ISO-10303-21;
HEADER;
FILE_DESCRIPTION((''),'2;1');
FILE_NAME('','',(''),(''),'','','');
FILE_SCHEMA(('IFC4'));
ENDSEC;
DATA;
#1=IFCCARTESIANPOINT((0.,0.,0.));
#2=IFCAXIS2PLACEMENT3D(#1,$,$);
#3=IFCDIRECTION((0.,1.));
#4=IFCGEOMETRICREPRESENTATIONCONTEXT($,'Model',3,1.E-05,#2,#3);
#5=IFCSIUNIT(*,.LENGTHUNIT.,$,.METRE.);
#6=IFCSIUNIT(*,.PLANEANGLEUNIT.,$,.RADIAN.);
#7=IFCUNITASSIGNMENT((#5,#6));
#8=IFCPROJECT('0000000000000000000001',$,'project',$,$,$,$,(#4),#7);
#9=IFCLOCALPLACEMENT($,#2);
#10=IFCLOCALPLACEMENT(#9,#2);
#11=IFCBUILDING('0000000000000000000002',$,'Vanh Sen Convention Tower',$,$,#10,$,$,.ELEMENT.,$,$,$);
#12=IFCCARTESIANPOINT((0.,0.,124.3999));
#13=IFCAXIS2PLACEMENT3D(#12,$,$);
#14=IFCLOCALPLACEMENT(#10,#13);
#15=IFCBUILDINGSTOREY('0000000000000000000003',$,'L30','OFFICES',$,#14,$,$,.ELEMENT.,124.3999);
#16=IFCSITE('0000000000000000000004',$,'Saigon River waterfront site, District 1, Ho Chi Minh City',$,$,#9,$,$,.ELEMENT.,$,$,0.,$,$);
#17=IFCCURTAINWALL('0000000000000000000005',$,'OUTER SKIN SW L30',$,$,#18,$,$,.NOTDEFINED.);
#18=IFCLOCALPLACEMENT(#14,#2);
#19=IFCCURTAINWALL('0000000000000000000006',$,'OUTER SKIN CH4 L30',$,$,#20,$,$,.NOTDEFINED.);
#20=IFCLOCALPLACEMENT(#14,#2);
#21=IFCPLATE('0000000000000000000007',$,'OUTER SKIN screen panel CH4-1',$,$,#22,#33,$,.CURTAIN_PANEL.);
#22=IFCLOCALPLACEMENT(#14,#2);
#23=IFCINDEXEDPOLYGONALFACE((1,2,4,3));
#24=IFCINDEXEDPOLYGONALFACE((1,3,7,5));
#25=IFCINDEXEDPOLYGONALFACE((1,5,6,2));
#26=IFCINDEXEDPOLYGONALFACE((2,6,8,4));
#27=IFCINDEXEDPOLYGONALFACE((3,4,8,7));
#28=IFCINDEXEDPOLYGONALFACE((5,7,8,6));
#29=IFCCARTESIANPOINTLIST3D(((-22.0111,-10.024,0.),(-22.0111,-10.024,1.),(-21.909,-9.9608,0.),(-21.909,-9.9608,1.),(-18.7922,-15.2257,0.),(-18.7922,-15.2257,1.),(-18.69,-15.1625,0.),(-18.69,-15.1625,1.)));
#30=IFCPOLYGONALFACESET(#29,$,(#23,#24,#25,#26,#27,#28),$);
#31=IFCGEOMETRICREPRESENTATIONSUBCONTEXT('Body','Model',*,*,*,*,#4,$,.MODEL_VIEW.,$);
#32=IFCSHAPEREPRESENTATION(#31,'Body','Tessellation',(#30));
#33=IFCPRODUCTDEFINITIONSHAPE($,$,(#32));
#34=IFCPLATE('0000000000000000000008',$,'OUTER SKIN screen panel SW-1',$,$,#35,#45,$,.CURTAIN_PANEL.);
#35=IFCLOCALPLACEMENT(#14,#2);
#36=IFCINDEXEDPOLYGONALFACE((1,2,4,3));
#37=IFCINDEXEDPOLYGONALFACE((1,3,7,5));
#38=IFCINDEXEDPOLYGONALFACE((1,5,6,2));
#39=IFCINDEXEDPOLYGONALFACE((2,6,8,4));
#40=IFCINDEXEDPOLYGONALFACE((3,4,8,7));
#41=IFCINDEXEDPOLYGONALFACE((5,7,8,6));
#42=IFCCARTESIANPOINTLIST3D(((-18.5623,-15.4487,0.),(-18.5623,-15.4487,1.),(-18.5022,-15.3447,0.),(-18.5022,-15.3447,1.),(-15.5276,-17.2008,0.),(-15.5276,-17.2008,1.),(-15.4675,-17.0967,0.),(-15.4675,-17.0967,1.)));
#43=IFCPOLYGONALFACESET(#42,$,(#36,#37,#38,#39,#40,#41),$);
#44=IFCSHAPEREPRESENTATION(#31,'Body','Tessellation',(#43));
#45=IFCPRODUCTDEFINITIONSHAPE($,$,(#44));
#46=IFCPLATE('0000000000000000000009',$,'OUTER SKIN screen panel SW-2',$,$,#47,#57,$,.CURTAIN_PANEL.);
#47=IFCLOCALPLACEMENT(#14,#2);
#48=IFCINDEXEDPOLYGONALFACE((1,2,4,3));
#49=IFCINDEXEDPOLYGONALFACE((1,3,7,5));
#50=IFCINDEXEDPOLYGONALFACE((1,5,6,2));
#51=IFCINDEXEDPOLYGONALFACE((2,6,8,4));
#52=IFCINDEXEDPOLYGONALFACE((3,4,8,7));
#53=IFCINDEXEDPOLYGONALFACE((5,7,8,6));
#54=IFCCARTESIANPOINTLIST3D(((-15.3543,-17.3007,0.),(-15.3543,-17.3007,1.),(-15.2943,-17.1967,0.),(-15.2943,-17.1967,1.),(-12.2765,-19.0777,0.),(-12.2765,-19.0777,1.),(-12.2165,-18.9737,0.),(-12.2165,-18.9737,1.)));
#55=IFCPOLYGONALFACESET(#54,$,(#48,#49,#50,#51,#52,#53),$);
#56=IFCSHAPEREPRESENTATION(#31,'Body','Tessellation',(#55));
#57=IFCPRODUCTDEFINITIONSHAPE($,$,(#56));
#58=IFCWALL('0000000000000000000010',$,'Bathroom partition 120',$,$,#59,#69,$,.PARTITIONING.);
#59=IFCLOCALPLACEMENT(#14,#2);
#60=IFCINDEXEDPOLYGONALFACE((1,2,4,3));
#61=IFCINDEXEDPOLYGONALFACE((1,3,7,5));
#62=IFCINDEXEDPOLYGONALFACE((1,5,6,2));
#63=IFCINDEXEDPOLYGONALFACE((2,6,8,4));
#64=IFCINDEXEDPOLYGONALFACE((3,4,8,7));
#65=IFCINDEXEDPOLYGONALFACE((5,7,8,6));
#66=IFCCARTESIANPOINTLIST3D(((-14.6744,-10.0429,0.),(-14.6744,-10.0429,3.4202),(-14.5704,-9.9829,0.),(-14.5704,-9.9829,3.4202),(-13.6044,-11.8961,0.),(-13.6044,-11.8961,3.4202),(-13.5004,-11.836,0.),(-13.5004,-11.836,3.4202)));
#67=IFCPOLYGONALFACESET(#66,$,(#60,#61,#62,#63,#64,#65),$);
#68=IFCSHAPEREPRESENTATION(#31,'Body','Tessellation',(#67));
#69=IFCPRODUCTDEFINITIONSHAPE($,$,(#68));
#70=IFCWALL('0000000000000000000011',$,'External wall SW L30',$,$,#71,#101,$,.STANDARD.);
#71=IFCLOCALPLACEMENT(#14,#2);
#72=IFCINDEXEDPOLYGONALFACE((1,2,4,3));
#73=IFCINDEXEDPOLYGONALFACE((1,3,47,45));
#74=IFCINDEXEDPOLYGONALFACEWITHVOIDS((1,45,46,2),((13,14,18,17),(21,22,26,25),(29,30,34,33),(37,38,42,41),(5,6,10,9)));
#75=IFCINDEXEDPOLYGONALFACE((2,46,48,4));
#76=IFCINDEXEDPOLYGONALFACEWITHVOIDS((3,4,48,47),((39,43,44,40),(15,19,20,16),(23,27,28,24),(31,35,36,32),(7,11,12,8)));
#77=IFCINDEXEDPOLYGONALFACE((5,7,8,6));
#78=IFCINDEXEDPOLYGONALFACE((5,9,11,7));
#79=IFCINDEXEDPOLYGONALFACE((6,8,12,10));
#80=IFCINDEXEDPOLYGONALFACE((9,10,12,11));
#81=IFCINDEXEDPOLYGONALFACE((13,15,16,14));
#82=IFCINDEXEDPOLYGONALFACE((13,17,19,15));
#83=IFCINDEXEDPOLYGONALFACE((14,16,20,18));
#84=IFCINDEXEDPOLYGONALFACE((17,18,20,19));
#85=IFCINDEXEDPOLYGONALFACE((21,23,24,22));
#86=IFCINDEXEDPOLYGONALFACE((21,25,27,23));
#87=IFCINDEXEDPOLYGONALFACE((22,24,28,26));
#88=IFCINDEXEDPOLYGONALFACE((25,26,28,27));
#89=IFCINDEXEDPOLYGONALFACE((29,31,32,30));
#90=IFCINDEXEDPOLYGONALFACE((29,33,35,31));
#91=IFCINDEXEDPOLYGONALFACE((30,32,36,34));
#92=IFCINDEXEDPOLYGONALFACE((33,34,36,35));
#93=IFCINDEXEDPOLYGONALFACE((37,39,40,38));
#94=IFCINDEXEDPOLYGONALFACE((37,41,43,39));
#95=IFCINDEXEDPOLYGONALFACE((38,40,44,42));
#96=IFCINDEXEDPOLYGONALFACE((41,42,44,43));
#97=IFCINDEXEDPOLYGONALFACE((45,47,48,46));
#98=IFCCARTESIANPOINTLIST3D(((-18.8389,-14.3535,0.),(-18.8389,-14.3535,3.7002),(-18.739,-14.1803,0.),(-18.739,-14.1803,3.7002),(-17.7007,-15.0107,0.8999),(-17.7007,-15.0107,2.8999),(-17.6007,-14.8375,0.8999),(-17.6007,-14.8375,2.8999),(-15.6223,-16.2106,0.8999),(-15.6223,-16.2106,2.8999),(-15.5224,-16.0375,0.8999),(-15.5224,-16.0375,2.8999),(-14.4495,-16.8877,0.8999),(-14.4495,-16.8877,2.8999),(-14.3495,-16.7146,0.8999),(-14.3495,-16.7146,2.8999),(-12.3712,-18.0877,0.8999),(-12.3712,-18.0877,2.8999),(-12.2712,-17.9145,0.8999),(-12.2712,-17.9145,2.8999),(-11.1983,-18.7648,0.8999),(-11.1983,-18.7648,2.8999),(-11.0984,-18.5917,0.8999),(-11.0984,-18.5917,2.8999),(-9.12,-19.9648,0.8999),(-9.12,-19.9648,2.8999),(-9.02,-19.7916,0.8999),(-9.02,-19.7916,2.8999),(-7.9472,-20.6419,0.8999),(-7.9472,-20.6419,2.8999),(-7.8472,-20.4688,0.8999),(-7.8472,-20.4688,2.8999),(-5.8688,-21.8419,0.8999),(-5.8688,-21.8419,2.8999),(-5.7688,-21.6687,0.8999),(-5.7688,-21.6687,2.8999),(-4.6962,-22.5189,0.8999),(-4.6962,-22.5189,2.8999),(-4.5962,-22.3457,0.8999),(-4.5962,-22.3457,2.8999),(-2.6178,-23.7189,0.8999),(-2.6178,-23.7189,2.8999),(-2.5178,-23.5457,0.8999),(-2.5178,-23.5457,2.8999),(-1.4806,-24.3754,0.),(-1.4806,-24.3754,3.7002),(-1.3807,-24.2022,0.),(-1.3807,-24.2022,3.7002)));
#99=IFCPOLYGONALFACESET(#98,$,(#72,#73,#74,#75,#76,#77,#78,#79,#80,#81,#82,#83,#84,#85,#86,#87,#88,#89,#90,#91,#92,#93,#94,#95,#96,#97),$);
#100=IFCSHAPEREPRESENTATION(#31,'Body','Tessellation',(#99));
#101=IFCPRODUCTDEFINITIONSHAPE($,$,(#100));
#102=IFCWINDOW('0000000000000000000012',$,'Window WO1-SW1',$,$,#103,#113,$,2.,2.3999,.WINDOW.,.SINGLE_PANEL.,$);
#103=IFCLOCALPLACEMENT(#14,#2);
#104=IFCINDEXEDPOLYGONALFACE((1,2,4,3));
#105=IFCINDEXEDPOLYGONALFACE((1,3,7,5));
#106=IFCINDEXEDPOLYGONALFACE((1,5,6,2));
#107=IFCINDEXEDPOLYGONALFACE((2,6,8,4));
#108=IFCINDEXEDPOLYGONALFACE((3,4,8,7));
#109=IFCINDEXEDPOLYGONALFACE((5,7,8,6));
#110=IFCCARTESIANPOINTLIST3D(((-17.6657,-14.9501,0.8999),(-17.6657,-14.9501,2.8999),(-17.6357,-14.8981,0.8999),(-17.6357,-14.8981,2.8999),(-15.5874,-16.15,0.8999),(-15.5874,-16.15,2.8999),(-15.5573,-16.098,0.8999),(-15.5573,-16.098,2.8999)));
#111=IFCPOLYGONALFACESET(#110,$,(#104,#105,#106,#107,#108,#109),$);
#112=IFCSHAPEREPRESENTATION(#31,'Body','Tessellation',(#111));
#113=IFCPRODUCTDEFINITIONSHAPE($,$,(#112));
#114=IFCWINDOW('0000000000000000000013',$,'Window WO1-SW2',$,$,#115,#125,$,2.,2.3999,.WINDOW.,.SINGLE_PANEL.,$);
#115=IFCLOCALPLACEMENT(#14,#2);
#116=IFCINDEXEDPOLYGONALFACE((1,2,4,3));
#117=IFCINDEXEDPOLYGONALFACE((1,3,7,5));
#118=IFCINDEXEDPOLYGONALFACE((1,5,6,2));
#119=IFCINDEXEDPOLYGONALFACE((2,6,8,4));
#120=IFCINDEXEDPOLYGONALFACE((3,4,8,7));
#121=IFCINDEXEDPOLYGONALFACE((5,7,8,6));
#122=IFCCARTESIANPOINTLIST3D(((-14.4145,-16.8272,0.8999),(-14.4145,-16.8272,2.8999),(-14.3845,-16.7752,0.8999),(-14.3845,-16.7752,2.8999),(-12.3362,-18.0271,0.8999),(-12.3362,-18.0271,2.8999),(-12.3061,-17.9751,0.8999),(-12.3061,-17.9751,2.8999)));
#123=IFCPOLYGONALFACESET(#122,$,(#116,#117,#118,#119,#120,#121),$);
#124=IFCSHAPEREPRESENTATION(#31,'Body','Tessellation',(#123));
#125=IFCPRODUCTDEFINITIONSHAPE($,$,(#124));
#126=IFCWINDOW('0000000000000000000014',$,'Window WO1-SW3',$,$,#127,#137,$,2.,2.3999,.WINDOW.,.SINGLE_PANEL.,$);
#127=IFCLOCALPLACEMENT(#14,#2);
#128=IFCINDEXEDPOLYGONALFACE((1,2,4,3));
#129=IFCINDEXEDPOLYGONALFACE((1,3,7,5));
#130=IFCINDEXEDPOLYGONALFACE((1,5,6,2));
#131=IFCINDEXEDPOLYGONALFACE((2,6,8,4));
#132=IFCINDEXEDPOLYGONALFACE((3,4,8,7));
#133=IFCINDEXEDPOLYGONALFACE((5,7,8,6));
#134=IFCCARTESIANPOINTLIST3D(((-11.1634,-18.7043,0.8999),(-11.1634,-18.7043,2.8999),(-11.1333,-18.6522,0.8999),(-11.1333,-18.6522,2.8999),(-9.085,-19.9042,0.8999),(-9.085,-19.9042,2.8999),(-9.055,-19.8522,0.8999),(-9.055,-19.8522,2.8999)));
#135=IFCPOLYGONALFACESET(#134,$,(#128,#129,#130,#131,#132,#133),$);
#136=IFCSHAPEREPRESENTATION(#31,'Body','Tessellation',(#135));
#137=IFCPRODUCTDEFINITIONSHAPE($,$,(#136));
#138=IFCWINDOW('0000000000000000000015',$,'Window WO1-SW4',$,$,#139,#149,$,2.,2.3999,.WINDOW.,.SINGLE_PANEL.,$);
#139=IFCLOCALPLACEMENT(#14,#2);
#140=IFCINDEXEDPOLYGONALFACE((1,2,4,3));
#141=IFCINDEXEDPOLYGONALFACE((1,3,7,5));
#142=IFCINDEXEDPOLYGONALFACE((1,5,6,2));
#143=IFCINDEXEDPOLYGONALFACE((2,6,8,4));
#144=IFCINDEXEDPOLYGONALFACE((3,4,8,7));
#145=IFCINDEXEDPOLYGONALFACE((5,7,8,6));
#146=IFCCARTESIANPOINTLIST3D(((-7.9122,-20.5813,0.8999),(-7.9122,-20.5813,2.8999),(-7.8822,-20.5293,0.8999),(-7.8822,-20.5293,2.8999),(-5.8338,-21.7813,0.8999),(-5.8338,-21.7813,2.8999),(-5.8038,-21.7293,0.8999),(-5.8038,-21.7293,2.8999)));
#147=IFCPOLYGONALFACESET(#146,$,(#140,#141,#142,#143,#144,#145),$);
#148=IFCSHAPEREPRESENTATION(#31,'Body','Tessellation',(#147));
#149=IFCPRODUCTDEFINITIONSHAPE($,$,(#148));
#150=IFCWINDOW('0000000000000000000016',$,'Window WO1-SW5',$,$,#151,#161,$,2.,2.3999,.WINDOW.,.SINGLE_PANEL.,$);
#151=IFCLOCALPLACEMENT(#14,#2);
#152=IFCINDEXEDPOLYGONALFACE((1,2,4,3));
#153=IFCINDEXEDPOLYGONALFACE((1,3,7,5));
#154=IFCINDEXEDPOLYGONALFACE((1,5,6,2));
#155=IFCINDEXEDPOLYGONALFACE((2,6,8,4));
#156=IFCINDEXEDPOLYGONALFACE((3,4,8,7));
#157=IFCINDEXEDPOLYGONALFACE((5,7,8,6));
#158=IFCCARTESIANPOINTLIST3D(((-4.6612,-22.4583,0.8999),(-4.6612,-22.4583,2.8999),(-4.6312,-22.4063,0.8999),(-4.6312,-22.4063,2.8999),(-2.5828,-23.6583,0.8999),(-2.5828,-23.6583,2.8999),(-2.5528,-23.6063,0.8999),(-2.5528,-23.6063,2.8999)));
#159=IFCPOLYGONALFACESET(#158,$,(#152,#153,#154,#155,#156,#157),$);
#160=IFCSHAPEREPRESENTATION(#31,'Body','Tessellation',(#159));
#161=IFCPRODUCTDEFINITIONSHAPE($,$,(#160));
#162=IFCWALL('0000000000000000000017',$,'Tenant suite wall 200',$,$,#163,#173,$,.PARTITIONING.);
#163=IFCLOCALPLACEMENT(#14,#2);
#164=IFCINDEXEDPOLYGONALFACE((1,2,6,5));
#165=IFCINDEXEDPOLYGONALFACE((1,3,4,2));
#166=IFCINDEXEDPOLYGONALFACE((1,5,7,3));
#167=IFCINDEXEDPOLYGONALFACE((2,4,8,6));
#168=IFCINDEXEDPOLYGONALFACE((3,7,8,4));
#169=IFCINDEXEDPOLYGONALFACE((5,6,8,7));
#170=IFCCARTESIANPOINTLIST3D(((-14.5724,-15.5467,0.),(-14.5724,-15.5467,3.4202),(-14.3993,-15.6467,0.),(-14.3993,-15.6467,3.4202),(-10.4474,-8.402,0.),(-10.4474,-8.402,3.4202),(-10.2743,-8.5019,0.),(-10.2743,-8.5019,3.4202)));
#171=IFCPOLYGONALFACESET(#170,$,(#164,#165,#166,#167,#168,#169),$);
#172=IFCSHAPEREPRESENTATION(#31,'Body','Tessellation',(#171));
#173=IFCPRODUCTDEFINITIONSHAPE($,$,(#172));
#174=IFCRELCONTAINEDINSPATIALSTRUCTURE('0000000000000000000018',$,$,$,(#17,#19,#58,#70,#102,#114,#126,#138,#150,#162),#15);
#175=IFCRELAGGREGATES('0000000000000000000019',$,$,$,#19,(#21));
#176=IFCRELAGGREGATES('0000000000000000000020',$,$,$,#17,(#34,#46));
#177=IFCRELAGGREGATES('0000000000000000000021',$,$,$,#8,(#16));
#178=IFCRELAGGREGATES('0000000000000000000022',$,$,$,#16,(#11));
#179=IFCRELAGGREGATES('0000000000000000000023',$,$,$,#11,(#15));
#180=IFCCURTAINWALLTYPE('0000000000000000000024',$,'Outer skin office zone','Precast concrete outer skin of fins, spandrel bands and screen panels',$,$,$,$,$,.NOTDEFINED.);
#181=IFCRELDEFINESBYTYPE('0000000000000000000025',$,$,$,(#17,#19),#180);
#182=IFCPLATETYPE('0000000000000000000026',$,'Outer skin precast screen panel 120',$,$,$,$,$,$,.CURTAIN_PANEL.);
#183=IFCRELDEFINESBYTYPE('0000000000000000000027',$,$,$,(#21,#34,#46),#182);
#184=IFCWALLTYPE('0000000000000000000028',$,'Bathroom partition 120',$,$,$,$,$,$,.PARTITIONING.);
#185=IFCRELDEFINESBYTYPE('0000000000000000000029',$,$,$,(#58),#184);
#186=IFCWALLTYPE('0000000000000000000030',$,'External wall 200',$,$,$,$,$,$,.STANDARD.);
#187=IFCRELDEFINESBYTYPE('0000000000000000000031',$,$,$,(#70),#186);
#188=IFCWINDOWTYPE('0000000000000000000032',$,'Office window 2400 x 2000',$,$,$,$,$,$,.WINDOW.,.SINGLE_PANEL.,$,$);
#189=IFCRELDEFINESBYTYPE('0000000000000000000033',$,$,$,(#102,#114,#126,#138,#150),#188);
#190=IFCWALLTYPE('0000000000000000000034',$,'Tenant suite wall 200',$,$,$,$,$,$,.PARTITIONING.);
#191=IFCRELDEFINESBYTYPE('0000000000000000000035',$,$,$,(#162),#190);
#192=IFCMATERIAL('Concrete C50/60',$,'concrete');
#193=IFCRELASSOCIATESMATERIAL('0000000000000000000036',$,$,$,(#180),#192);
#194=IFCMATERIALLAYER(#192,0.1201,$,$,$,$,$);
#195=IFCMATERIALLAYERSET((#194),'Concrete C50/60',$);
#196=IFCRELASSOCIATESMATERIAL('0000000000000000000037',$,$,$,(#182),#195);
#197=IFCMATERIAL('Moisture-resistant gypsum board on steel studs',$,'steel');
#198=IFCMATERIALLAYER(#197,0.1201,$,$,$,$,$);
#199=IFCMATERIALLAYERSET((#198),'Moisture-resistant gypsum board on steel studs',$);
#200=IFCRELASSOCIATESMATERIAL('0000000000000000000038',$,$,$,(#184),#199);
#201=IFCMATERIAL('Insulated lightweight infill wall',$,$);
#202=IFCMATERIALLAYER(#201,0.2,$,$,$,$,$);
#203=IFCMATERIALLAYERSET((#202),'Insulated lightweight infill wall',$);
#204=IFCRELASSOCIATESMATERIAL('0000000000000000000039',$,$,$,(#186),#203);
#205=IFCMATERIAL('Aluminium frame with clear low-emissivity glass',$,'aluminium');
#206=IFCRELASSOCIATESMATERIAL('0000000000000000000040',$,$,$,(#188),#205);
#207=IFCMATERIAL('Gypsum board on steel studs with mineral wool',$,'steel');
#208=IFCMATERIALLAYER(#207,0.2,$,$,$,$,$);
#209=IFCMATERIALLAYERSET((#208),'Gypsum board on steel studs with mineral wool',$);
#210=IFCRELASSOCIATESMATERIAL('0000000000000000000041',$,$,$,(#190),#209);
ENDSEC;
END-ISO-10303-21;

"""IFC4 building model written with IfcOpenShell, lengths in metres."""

from ifc_helpers import new_model, si_unit, direction, frame, frame_2d, origin, origin_2d, place, context, subcontext, project, spatial, rectangle, extrude, material, layer, layer_set, type_object, element, fill, aggregate, save


model = new_model("IFC4")

# Units and contexts
model_context = context("Model", 3, precision=1e-05, world=origin(), true_north=direction((0.0, 1.0)))
body_context = subcontext(model_context, "Body", "Model", "MODEL_VIEW")
ifc_project = project(units=[si_unit("LENGTHUNIT", "METRE"), si_unit("PLANEANGLEUNIT", "RADIAN")], contexts=[model_context])

# Site, building, storey
site_placement = place(None, origin())
site = spatial("IfcSite", under=ifc_project, at=site_placement, Name="Saigon River waterfront site, District 1, Ho Chi Minh City", CompositionType="ELEMENT", RefElevation=0.0)
building_placement = place(site_placement, origin())
building = spatial("IfcBuilding", under=site, at=building_placement, Name="Vanh Sen Convention Tower", CompositionType="ELEMENT")
storey_placement = place(building_placement, frame((0.0, 0.0, 124.3999)))
storey = spatial("IfcBuildingStorey", under=building, at=storey_placement, Name="L30", Description="OFFICES", CompositionType="ELEMENT", Elevation=124.3999)

# Curtain wall
ifc_material_1 = material(Name="Concrete C50/60", Category="concrete")
curtain_wall_type = type_object("IfcCurtainWallType", Name="Outer skin office zone", Description="Precast concrete outer skin of fins, spandrel bands and screen panels", PredefinedType="NOTDEFINED", material=ifc_material_1)
curtain_wall_1_placement = place(storey_placement, origin())
curtain_wall_1 = element("IfcCurtainWall", 1, at=curtain_wall_1_placement, inside=storey, type_object=curtain_wall_type, Name="OUTER SKIN SW L30", PredefinedType="NOTDEFINED")

# Curtain wall, plate
curtain_wall_2_placement = place(storey_placement, origin())
curtain_wall_2 = element("IfcCurtainWall", 2, at=curtain_wall_2_placement, inside=storey, type_object=curtain_wall_type, Name="OUTER SKIN CH4 L30", PredefinedType="NOTDEFINED")
ifc_layer_1 = layer(ifc_material_1, 0.1201)
ifc_layer_set_1 = layer_set([ifc_layer_1], Name="Concrete C50/60")
plate_type = type_object("IfcPlateType", Name="Outer skin precast screen panel 120", PredefinedType="CURTAIN_PANEL", material=ifc_layer_set_1)
plate_1_placement = place(storey_placement, frame((-20.3506, -12.5933, 0.0), z_axis=(0.0, 0.0, 1.0), x_axis=(0.526218, -0.850349, 0.0)))
plate_1 = element("IfcPlate", 3, at=plate_1_placement, type_object=plate_type, Name="OUTER SKIN screen panel CH4-1", PredefinedType="CURTAIN_PANEL", context=body_context, shape_type="SweptSolid", body=[
    extrude(rectangle(XDim=6.1172, YDim=0.1201, at=origin_2d()), origin(), (0.0, 0.0, 1.0), 1.0),
])
aggregate(curtain_wall_2, [plate_1])

# Plates
plate_2_placement = place(storey_placement, frame((-17.0149, -16.2727, 0.0), z_axis=(0.0, 0.0, 1.0), x_axis=(0.866024, -0.500003, 0.0)))
plate_2 = element("IfcPlate", 4, at=plate_2_placement, type_object=plate_type, Name="OUTER SKIN screen panel SW-1", PredefinedType="CURTAIN_PANEL", context=body_context, shape_type="SweptSolid", body=[
    extrude(rectangle(XDim=3.5042, YDim=0.1201, at=origin_2d()), origin(), (0.0, 0.0, 1.0), 1.0),
])
plate_3_placement = place(storey_placement, frame((-13.7854, -18.1372, 0.0), z_axis=(0.0, 0.0, 1.0), x_axis=(0.866028, -0.499995, 0.0)))
plate_3 = element("IfcPlate", 5, at=plate_3_placement, type_object=plate_type, Name="OUTER SKIN screen panel SW-2", PredefinedType="CURTAIN_PANEL", context=body_context, shape_type="SweptSolid", body=[
    extrude(rectangle(XDim=3.554, YDim=0.1201, at=origin_2d()), origin(), (0.0, 0.0, 1.0), 1.0),
])
aggregate(curtain_wall_1, [plate_2, plate_3])

# Wall
ifc_material_2 = material(Name="Moisture-resistant gypsum board on steel studs", Category="steel")
ifc_layer_2 = layer(ifc_material_2, 0.1201)
ifc_layer_set_2 = layer_set([ifc_layer_2], Name="Moisture-resistant gypsum board on steel studs")
wall_type_1 = type_object("IfcWallType", Name="Bathroom partition 120", PredefinedType="PARTITIONING", material=ifc_layer_set_2)
wall_1_placement = place(storey_placement, frame((-13.5525, -11.866, 0.0), z_axis=(0.0, 0.0, 1.0), x_axis=(-0.500029, 0.866009, 0.0)))
element("IfcWall", 6, at=wall_1_placement, inside=storey, type_object=wall_type_1, Name="Bathroom partition 120", PredefinedType="PARTITIONING", context=body_context, shape_type="SweptSolid", body=[
    extrude(rectangle(XDim=2.1399, YDim=0.1201, at=frame_2d((1.0698, 0.0))), origin(), (0.0, 0.0, 1.0), 3.4202),
])

# Wall, openings, windows
ifc_material_3 = material(Name="Insulated lightweight infill wall")
ifc_layer_3 = layer(ifc_material_3, 0.2)
ifc_layer_set_3 = layer_set([ifc_layer_3], Name="Insulated lightweight infill wall")
wall_type_2 = type_object("IfcWallType", Name="External wall 200", PredefinedType="STANDARD", material=ifc_layer_set_3)
wall_2_placement = place(storey_placement, frame((-18.7891, -14.2668, 0.0), z_axis=(0.0, 0.0, 1.0), x_axis=(0.866023, -0.500004, 0.0)))
wall_2 = element("IfcWall", 7, at=wall_2_placement, inside=storey, type_object=wall_type_2, Name="External wall SW L30", PredefinedType="STANDARD", context=body_context, shape_type="SweptSolid", body=[
    extrude(rectangle(XDim=20.0437, YDim=0.2, at=frame_2d((10.022, 0.0))), origin(), (0.0, 0.0, 1.0), 3.7002),
])
opening_1_placement = place(wall_2_placement, frame((1.3145, 0.0, 0.8999)))
opening_1 = element("IfcOpeningElement", 8, at=opening_1_placement, cuts=wall_2, PredefinedType="OPENING", context=body_context, shape_type="SweptSolid", body=[
    extrude(rectangle(XDim=2.3999, YDim=2.0, at=frame_2d((1.2, 1.0))), frame((0.0, 0.1099, 0.0), z_axis=(0.0, -1.0, 0.0), x_axis=(1.0, 0.0, 0.0)), (0.0, 0.0, 1.0), 0.22),
])
opening_2_placement = place(wall_2_placement, frame((5.0686, 0.0, 0.8999)))
opening_2 = element("IfcOpeningElement", 9, at=opening_2_placement, cuts=wall_2, PredefinedType="OPENING", context=body_context, shape_type="SweptSolid", body=[
    extrude(rectangle(XDim=2.3999, YDim=2.0, at=frame_2d((1.2, 1.0))), frame((0.0, 0.1099, 0.0), z_axis=(0.0, -1.0, 0.0), x_axis=(1.0, 0.0, 0.0)), (0.0, 0.0, 1.0), 0.22),
])
opening_3_placement = place(wall_2_placement, frame((8.8228, 0.0, 0.8999)))
opening_3 = element("IfcOpeningElement", 10, at=opening_3_placement, cuts=wall_2, PredefinedType="OPENING", context=body_context, shape_type="SweptSolid", body=[
    extrude(rectangle(XDim=2.3999, YDim=2.0, at=frame_2d((1.2, 1.0))), frame((0.0, 0.1099, 0.0), z_axis=(0.0, -1.0, 0.0), x_axis=(1.0, 0.0, 0.0)), (0.0, 0.0, 1.0), 0.22),
])
opening_4_placement = place(wall_2_placement, frame((12.5769, 0.0, 0.8999)))
opening_4 = element("IfcOpeningElement", 11, at=opening_4_placement, cuts=wall_2, PredefinedType="OPENING", context=body_context, shape_type="SweptSolid", body=[
    extrude(rectangle(XDim=2.3999, YDim=2.0, at=frame_2d((1.2, 1.0))), frame((0.0, 0.1099, 0.0), z_axis=(0.0, -1.0, 0.0), x_axis=(1.0, 0.0, 0.0)), (0.0, 0.0, 1.0), 0.22),
])
opening_5_placement = place(wall_2_placement, frame((16.3308, 0.0, 0.8999)))
opening_5 = element("IfcOpeningElement", 12, at=opening_5_placement, cuts=wall_2, PredefinedType="OPENING", context=body_context, shape_type="SweptSolid", body=[
    extrude(rectangle(XDim=2.3999, YDim=2.0, at=frame_2d((1.2, 1.0))), frame((0.0, 0.1099, 0.0), z_axis=(0.0, -1.0, 0.0), x_axis=(1.0, 0.0, 0.0)), (0.0, 0.0, 1.0), 0.22),
])
ifc_material_4 = material(Name="Aluminium frame with clear low-emissivity glass", Category="aluminium")
window_type = type_object("IfcWindowType", Name="Office window 2400 x 2000", PartitioningType="SINGLE_PANEL", PredefinedType="WINDOW", material=ifc_material_4)
window_1_placement = place(opening_1_placement, origin())
window_1 = element("IfcWindow", 13, at=window_1_placement, inside=storey, type_object=window_type, Name="Window WO1-SW1", OverallHeight=2.0, OverallWidth=2.3999, PartitioningType="SINGLE_PANEL", PredefinedType="WINDOW", context=body_context, shape_type="SweptSolid", body=[
    extrude(rectangle(XDim=2.3999, YDim=2.0, at=frame_2d((1.2, 1.0))), frame((0.0, 0.03, 0.0), z_axis=(0.0, -1.0, 0.0), x_axis=(1.0, 0.0, 0.0)), (0.0, 0.0, 1.0), 0.0601),
])
fill(opening_1, window_1)
window_2_placement = place(opening_2_placement, origin())
window_2 = element("IfcWindow", 14, at=window_2_placement, inside=storey, type_object=window_type, Name="Window WO1-SW2", OverallHeight=2.0, OverallWidth=2.3999, PartitioningType="SINGLE_PANEL", PredefinedType="WINDOW", context=body_context, shape_type="SweptSolid", body=[
    extrude(rectangle(XDim=2.3999, YDim=2.0, at=frame_2d((1.2, 1.0))), frame((0.0, 0.03, 0.0), z_axis=(0.0, -1.0, 0.0), x_axis=(1.0, 0.0, 0.0)), (0.0, 0.0, 1.0), 0.0601),
])
fill(opening_2, window_2)
window_3_placement = place(opening_3_placement, origin())
window_3 = element("IfcWindow", 15, at=window_3_placement, inside=storey, type_object=window_type, Name="Window WO1-SW3", OverallHeight=2.0, OverallWidth=2.3999, PartitioningType="SINGLE_PANEL", PredefinedType="WINDOW", context=body_context, shape_type="SweptSolid", body=[
    extrude(rectangle(XDim=2.3999, YDim=2.0, at=frame_2d((1.2, 1.0))), frame((0.0, 0.03, 0.0), z_axis=(0.0, -1.0, 0.0), x_axis=(1.0, 0.0, 0.0)), (0.0, 0.0, 1.0), 0.0601),
])
fill(opening_3, window_3)
window_4_placement = place(opening_4_placement, origin())
window_4 = element("IfcWindow", 16, at=window_4_placement, inside=storey, type_object=window_type, Name="Window WO1-SW4", OverallHeight=2.0, OverallWidth=2.3999, PartitioningType="SINGLE_PANEL", PredefinedType="WINDOW", context=body_context, shape_type="SweptSolid", body=[
    extrude(rectangle(XDim=2.3999, YDim=2.0, at=frame_2d((1.2, 1.0))), frame((0.0, 0.03, 0.0), z_axis=(0.0, -1.0, 0.0), x_axis=(1.0, 0.0, 0.0)), (0.0, 0.0, 1.0), 0.0601),
])
fill(opening_4, window_4)
window_5_placement = place(opening_5_placement, origin())
window_5 = element("IfcWindow", 17, at=window_5_placement, inside=storey, type_object=window_type, Name="Window WO1-SW5", OverallHeight=2.0, OverallWidth=2.3999, PartitioningType="SINGLE_PANEL", PredefinedType="WINDOW", context=body_context, shape_type="SweptSolid", body=[
    extrude(rectangle(XDim=2.3999, YDim=2.0, at=frame_2d((1.2, 1.0))), frame((0.0, 0.03, 0.0), z_axis=(0.0, -1.0, 0.0), x_axis=(1.0, 0.0, 0.0)), (0.0, 0.0, 1.0), 0.0601),
])
fill(opening_5, window_5)

# Wall
ifc_material_5 = material(Name="Gypsum board on steel studs with mineral wool", Category="steel")
ifc_layer_4 = layer(ifc_material_5, 0.2)
ifc_layer_set_4 = layer_set([ifc_layer_4], Name="Gypsum board on steel studs with mineral wool")
wall_type_3 = type_object("IfcWallType", Name="Tenant suite wall 200", PredefinedType="PARTITIONING", material=ifc_layer_set_4)
wall_3_placement = place(storey_placement, frame((-14.4858, -15.5967, 0.0), z_axis=(0.0, 0.0, 1.0), x_axis=(0.499997, 0.866027, 0.0)))
element("IfcWall", 18, at=wall_3_placement, inside=storey, type_object=wall_type_3, Name="Tenant suite wall 200", PredefinedType="PARTITIONING", context=body_context, shape_type="SweptSolid", body=[
    extrude(rectangle(XDim=8.25, YDim=0.2, at=frame_2d((4.125, 0.0))), origin(), (0.0, 0.0, 1.0), 3.4202),
])

save(model, "model.ifc")
